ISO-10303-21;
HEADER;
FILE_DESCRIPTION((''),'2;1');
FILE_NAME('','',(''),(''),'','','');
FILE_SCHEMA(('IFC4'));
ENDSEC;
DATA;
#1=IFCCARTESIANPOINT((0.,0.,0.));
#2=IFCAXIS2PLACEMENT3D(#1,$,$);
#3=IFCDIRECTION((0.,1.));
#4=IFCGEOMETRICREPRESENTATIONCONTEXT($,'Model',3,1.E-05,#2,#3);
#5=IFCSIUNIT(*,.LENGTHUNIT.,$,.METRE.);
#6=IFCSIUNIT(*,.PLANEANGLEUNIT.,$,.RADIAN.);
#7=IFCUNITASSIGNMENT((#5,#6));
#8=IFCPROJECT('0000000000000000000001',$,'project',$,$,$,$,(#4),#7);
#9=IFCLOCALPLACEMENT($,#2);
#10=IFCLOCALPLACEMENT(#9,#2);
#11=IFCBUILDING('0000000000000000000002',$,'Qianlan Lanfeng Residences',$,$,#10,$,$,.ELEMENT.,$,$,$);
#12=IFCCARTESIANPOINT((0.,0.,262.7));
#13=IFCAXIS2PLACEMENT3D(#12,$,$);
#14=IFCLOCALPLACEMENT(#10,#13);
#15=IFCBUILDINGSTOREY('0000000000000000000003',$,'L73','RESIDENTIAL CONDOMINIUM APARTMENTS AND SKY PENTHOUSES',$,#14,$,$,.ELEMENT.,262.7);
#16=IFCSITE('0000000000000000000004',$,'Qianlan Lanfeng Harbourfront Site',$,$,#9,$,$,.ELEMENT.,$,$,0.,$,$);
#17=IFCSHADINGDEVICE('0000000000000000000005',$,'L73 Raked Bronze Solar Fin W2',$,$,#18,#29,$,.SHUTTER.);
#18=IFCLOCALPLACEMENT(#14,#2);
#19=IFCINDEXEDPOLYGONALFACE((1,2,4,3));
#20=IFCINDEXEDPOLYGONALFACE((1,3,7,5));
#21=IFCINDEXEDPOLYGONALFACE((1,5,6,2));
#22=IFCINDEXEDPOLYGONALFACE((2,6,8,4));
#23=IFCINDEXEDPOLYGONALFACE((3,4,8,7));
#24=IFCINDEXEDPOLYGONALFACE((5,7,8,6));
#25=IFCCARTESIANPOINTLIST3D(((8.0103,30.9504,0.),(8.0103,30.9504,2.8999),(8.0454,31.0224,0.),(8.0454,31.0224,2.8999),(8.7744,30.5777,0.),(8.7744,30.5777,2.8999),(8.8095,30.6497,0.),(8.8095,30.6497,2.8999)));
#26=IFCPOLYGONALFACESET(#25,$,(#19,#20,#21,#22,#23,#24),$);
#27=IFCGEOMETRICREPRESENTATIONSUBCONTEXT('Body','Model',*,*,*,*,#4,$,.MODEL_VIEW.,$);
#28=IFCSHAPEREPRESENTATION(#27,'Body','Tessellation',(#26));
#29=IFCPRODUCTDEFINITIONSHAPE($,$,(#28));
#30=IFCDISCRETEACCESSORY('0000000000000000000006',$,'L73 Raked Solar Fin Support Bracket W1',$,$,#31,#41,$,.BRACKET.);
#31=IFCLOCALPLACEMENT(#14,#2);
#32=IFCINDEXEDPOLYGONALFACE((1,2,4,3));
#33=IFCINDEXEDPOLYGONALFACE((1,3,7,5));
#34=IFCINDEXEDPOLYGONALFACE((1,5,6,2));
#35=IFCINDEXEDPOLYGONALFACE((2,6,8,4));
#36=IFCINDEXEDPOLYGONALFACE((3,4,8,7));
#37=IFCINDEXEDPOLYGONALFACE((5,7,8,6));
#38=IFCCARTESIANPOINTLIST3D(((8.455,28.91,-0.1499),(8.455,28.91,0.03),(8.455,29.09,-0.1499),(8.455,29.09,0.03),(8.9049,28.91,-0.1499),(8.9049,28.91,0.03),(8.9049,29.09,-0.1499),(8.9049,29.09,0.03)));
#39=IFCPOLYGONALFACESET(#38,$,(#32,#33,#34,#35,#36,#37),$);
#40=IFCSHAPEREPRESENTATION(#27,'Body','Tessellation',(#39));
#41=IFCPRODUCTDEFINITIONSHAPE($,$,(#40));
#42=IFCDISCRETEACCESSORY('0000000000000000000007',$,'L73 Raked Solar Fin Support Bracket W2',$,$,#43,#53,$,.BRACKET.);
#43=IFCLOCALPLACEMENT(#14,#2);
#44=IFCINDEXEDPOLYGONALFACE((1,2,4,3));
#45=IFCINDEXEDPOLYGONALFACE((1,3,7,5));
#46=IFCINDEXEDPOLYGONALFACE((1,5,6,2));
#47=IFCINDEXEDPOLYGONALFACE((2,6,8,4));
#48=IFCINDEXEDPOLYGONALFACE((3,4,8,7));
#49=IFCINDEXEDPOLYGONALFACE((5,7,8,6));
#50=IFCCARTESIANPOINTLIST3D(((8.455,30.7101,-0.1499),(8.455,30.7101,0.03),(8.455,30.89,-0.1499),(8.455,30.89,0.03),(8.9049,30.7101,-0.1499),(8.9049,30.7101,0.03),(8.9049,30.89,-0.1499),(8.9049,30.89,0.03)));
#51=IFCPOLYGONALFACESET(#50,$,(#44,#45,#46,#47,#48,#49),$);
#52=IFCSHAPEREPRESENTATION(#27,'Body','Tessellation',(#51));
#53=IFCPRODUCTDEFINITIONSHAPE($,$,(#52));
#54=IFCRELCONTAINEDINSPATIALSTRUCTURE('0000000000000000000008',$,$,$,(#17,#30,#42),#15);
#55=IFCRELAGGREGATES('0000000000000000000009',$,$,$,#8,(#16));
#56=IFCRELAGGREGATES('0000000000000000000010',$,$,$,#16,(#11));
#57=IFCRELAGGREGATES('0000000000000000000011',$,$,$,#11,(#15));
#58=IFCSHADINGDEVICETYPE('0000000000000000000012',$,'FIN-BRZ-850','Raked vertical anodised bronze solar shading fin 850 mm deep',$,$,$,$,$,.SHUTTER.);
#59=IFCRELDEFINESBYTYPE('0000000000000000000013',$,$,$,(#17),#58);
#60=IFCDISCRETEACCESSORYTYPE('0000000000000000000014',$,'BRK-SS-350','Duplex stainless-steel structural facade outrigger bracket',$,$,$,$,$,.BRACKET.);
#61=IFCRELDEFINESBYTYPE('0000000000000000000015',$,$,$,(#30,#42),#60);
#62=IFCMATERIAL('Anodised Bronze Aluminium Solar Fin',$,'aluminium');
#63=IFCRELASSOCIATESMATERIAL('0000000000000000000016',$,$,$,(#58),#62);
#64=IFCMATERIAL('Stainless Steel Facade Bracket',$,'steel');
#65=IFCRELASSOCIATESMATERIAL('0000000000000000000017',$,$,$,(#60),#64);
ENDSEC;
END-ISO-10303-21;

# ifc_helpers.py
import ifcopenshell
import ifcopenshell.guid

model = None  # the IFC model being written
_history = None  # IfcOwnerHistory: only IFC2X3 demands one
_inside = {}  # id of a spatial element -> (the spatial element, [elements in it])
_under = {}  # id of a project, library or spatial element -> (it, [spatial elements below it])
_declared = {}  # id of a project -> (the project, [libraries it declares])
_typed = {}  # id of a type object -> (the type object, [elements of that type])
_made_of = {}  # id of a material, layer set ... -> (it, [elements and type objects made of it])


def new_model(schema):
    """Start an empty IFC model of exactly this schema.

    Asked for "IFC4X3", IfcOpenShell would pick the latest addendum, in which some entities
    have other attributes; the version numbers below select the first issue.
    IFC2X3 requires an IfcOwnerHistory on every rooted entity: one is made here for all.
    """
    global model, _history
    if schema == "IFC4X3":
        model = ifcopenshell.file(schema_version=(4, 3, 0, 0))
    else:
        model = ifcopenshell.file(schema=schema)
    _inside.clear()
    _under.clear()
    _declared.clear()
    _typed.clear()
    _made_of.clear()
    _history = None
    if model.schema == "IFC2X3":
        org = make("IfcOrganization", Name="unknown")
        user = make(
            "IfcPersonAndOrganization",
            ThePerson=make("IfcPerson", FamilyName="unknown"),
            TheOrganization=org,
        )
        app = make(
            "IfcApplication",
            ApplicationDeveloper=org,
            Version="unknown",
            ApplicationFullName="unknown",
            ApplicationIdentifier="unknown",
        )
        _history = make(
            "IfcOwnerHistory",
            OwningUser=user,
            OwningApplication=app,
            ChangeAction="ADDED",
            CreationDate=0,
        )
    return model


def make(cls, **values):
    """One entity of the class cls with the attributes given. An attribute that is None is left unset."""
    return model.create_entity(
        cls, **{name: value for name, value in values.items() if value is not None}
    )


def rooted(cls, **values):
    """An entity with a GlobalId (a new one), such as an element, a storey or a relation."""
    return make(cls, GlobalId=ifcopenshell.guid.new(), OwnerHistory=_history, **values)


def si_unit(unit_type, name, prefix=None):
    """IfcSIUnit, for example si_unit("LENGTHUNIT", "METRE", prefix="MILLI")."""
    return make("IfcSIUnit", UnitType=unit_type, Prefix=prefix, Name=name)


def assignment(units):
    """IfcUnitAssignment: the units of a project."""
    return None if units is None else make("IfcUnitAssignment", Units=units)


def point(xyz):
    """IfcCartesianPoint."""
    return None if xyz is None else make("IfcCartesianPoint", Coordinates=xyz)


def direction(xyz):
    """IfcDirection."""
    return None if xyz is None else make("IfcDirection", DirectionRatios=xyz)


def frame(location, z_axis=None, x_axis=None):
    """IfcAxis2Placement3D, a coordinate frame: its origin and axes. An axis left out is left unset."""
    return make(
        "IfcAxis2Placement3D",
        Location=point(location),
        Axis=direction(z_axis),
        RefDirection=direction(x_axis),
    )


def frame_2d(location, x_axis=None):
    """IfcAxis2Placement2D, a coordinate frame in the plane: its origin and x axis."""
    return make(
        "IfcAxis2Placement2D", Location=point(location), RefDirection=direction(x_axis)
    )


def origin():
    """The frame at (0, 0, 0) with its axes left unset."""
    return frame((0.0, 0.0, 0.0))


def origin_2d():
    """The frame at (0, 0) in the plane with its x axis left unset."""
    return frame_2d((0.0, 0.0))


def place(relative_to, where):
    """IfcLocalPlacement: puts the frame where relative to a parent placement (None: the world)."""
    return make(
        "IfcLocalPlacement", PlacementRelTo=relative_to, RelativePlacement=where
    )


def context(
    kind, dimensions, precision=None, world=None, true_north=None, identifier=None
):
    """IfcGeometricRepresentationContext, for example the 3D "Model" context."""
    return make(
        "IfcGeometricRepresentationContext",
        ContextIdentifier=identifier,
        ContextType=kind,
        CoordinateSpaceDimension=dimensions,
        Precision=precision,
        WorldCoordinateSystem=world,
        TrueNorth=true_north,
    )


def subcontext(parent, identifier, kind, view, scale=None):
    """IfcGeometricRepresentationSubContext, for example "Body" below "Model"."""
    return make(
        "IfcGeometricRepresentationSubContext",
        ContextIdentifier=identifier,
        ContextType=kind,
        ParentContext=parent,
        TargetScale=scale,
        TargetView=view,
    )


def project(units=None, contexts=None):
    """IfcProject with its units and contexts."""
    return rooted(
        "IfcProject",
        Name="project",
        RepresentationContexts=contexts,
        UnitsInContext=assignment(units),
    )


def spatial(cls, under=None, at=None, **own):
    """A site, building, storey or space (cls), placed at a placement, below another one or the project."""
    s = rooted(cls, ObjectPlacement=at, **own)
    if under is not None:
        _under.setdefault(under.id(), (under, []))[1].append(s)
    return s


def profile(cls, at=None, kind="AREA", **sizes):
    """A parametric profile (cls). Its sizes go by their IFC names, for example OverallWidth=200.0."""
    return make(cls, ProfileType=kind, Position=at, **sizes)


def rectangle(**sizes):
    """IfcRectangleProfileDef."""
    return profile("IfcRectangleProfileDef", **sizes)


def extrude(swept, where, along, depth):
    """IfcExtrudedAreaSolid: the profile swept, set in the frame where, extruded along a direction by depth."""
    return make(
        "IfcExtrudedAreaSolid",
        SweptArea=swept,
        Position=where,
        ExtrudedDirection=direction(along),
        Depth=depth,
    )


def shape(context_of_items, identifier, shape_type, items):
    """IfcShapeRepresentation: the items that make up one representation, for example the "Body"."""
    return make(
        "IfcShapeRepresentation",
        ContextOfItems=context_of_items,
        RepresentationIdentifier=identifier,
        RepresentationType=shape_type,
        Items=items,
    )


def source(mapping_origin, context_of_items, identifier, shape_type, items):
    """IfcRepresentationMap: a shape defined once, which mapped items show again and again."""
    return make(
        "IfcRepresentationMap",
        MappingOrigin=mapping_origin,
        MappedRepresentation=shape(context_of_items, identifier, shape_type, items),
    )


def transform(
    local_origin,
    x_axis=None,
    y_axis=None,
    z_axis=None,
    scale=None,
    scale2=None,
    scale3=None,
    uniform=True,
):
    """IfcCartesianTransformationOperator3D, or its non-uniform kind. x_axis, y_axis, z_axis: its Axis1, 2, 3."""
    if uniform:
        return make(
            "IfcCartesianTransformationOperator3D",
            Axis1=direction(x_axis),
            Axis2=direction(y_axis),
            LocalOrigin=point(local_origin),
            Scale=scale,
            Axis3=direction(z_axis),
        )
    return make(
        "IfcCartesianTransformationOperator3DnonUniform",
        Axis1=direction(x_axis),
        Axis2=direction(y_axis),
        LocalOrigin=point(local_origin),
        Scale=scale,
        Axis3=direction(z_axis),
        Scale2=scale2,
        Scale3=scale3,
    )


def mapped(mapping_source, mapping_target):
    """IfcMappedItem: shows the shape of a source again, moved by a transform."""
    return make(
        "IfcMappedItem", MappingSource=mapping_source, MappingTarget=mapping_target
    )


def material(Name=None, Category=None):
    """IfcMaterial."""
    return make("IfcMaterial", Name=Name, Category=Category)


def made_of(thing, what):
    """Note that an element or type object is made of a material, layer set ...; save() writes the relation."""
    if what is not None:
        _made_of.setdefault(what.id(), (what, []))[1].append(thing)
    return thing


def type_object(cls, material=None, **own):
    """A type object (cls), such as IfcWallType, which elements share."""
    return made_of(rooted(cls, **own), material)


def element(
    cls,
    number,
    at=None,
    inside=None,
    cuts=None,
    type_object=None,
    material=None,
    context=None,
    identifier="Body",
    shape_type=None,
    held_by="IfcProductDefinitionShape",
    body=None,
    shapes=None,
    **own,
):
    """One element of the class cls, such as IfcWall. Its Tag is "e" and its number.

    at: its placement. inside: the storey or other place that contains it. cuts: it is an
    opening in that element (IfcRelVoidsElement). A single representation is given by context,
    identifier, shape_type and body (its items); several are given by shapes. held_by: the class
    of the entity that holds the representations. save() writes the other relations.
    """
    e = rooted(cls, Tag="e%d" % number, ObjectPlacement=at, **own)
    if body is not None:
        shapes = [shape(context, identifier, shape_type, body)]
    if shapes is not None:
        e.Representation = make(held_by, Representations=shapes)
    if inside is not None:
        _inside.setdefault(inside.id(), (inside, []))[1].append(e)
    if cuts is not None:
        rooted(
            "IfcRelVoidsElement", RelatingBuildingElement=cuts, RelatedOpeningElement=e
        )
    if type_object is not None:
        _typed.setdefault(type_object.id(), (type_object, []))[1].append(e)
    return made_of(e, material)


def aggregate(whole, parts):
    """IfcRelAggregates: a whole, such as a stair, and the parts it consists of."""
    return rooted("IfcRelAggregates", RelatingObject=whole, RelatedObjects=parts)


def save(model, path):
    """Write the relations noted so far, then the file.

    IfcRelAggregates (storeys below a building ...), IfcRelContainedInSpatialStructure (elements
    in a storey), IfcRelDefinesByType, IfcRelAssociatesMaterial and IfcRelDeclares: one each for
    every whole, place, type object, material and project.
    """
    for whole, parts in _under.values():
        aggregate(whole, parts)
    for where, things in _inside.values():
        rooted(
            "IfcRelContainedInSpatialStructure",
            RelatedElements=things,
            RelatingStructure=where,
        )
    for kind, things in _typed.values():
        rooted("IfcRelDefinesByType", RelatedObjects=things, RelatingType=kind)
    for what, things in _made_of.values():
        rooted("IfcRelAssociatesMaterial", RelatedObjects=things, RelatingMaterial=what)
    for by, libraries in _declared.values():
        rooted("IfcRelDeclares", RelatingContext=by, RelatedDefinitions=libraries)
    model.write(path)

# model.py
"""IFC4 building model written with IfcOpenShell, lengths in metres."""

from ifc_helpers import new_model, si_unit, direction, frame, origin, origin_2d, place, context, subcontext, project, spatial, rectangle, extrude, source, transform, mapped, material, type_object, element, save


model = new_model("IFC4")

# Units and contexts
model_context = context("Model", 3, precision=1e-05, world=origin(), true_north=direction((0.0, 1.0)))
body_context = subcontext(model_context, "Body", "Model", "MODEL_VIEW")
ifc_project = project(units=[si_unit("LENGTHUNIT", "METRE"), si_unit("PLANEANGLEUNIT", "RADIAN")], contexts=[model_context])

# Site, building, storey
site_placement = place(None, origin())
site = spatial("IfcSite", under=ifc_project, at=site_placement, Name="Qianlan Lanfeng Harbourfront Site", CompositionType="ELEMENT", RefElevation=0.0)
building_placement = place(site_placement, origin())
building = spatial("IfcBuilding", under=site, at=building_placement, Name="Qianlan Lanfeng Residences", CompositionType="ELEMENT")
storey_placement = place(building_placement, frame((0.0, 0.0, 262.7)))
storey = spatial("IfcBuildingStorey", under=building, at=storey_placement, Name="L73", Description="RESIDENTIAL CONDOMINIUM APARTMENTS AND SKY PENTHOUSES", CompositionType="ELEMENT", Elevation=262.7)

# Shading device
ifc_material_1 = material(Name="Anodised Bronze Aluminium Solar Fin", Category="aluminium")
shading_device_type = type_object("IfcShadingDeviceType", Name="FIN-BRZ-850", Description="Raked vertical anodised bronze solar shading fin 850 mm deep", PredefinedType="SHUTTER", material=ifc_material_1)
shared_shape_1 = source(origin(), body_context, "Body", "SweptSolid", [
    extrude(rectangle(XDim=0.8501, YDim=0.0801, at=origin_2d()), origin(), (0.0, 0.0, 1.0), 2.8999),
])
for number, where, z_axis, x_axis, name in (
    (1, (8.4099, 30.8, 0.0), (0.0, 0.0, 1.0), (0.898794, -0.438371, 0.0), "L73 Raked Bronze Solar Fin W2"),
):
    element("IfcShadingDevice", number, at=place(storey_placement, frame(where, z_axis=z_axis, x_axis=x_axis)), inside=storey, type_object=shading_device_type, Name=name, PredefinedType="SHUTTER", context=body_context, shape_type="MappedRepresentation", body=[
        mapped(shared_shape_1, transform((0.0, 0.0, 0.0), scale=1.0)),
    ])

# Discrete accessories
ifc_material_2 = material(Name="Stainless Steel Facade Bracket", Category="steel")
discrete_accessory_type = type_object("IfcDiscreteAccessoryType", Name="BRK-SS-350", Description="Duplex stainless-steel structural facade outrigger bracket", PredefinedType="BRACKET", material=ifc_material_2)
shared_shape_2 = source(origin(), body_context, "Body", "SweptSolid", [
    extrude(rectangle(XDim=0.45, YDim=0.1799, at=origin_2d()), origin(), (0.0, 0.0, 1.0), 0.1799),
])
for number, where, z_axis, x_axis, name in (
    (2, (8.6799, 29.0, -0.1499), (0.0, 0.0, 1.0), (1.0, 0.0, 0.0), "L73 Raked Solar Fin Support Bracket W1"),
    (3, (8.6799, 30.8, -0.1499), (0.0, 0.0, 1.0), (1.0, 0.0, 0.0), "L73 Raked Solar Fin Support Bracket W2"),
):
    element("IfcDiscreteAccessory", number, at=place(storey_placement, frame(where, z_axis=z_axis, x_axis=x_axis)), inside=storey, type_object=discrete_accessory_type, Name=name, PredefinedType="BRACKET", context=body_context, shape_type="MappedRepresentation", body=[
        mapped(shared_shape_2, transform((0.0, 0.0, 0.0), scale=1.0)),
    ])

save(model, "model.ifc")
